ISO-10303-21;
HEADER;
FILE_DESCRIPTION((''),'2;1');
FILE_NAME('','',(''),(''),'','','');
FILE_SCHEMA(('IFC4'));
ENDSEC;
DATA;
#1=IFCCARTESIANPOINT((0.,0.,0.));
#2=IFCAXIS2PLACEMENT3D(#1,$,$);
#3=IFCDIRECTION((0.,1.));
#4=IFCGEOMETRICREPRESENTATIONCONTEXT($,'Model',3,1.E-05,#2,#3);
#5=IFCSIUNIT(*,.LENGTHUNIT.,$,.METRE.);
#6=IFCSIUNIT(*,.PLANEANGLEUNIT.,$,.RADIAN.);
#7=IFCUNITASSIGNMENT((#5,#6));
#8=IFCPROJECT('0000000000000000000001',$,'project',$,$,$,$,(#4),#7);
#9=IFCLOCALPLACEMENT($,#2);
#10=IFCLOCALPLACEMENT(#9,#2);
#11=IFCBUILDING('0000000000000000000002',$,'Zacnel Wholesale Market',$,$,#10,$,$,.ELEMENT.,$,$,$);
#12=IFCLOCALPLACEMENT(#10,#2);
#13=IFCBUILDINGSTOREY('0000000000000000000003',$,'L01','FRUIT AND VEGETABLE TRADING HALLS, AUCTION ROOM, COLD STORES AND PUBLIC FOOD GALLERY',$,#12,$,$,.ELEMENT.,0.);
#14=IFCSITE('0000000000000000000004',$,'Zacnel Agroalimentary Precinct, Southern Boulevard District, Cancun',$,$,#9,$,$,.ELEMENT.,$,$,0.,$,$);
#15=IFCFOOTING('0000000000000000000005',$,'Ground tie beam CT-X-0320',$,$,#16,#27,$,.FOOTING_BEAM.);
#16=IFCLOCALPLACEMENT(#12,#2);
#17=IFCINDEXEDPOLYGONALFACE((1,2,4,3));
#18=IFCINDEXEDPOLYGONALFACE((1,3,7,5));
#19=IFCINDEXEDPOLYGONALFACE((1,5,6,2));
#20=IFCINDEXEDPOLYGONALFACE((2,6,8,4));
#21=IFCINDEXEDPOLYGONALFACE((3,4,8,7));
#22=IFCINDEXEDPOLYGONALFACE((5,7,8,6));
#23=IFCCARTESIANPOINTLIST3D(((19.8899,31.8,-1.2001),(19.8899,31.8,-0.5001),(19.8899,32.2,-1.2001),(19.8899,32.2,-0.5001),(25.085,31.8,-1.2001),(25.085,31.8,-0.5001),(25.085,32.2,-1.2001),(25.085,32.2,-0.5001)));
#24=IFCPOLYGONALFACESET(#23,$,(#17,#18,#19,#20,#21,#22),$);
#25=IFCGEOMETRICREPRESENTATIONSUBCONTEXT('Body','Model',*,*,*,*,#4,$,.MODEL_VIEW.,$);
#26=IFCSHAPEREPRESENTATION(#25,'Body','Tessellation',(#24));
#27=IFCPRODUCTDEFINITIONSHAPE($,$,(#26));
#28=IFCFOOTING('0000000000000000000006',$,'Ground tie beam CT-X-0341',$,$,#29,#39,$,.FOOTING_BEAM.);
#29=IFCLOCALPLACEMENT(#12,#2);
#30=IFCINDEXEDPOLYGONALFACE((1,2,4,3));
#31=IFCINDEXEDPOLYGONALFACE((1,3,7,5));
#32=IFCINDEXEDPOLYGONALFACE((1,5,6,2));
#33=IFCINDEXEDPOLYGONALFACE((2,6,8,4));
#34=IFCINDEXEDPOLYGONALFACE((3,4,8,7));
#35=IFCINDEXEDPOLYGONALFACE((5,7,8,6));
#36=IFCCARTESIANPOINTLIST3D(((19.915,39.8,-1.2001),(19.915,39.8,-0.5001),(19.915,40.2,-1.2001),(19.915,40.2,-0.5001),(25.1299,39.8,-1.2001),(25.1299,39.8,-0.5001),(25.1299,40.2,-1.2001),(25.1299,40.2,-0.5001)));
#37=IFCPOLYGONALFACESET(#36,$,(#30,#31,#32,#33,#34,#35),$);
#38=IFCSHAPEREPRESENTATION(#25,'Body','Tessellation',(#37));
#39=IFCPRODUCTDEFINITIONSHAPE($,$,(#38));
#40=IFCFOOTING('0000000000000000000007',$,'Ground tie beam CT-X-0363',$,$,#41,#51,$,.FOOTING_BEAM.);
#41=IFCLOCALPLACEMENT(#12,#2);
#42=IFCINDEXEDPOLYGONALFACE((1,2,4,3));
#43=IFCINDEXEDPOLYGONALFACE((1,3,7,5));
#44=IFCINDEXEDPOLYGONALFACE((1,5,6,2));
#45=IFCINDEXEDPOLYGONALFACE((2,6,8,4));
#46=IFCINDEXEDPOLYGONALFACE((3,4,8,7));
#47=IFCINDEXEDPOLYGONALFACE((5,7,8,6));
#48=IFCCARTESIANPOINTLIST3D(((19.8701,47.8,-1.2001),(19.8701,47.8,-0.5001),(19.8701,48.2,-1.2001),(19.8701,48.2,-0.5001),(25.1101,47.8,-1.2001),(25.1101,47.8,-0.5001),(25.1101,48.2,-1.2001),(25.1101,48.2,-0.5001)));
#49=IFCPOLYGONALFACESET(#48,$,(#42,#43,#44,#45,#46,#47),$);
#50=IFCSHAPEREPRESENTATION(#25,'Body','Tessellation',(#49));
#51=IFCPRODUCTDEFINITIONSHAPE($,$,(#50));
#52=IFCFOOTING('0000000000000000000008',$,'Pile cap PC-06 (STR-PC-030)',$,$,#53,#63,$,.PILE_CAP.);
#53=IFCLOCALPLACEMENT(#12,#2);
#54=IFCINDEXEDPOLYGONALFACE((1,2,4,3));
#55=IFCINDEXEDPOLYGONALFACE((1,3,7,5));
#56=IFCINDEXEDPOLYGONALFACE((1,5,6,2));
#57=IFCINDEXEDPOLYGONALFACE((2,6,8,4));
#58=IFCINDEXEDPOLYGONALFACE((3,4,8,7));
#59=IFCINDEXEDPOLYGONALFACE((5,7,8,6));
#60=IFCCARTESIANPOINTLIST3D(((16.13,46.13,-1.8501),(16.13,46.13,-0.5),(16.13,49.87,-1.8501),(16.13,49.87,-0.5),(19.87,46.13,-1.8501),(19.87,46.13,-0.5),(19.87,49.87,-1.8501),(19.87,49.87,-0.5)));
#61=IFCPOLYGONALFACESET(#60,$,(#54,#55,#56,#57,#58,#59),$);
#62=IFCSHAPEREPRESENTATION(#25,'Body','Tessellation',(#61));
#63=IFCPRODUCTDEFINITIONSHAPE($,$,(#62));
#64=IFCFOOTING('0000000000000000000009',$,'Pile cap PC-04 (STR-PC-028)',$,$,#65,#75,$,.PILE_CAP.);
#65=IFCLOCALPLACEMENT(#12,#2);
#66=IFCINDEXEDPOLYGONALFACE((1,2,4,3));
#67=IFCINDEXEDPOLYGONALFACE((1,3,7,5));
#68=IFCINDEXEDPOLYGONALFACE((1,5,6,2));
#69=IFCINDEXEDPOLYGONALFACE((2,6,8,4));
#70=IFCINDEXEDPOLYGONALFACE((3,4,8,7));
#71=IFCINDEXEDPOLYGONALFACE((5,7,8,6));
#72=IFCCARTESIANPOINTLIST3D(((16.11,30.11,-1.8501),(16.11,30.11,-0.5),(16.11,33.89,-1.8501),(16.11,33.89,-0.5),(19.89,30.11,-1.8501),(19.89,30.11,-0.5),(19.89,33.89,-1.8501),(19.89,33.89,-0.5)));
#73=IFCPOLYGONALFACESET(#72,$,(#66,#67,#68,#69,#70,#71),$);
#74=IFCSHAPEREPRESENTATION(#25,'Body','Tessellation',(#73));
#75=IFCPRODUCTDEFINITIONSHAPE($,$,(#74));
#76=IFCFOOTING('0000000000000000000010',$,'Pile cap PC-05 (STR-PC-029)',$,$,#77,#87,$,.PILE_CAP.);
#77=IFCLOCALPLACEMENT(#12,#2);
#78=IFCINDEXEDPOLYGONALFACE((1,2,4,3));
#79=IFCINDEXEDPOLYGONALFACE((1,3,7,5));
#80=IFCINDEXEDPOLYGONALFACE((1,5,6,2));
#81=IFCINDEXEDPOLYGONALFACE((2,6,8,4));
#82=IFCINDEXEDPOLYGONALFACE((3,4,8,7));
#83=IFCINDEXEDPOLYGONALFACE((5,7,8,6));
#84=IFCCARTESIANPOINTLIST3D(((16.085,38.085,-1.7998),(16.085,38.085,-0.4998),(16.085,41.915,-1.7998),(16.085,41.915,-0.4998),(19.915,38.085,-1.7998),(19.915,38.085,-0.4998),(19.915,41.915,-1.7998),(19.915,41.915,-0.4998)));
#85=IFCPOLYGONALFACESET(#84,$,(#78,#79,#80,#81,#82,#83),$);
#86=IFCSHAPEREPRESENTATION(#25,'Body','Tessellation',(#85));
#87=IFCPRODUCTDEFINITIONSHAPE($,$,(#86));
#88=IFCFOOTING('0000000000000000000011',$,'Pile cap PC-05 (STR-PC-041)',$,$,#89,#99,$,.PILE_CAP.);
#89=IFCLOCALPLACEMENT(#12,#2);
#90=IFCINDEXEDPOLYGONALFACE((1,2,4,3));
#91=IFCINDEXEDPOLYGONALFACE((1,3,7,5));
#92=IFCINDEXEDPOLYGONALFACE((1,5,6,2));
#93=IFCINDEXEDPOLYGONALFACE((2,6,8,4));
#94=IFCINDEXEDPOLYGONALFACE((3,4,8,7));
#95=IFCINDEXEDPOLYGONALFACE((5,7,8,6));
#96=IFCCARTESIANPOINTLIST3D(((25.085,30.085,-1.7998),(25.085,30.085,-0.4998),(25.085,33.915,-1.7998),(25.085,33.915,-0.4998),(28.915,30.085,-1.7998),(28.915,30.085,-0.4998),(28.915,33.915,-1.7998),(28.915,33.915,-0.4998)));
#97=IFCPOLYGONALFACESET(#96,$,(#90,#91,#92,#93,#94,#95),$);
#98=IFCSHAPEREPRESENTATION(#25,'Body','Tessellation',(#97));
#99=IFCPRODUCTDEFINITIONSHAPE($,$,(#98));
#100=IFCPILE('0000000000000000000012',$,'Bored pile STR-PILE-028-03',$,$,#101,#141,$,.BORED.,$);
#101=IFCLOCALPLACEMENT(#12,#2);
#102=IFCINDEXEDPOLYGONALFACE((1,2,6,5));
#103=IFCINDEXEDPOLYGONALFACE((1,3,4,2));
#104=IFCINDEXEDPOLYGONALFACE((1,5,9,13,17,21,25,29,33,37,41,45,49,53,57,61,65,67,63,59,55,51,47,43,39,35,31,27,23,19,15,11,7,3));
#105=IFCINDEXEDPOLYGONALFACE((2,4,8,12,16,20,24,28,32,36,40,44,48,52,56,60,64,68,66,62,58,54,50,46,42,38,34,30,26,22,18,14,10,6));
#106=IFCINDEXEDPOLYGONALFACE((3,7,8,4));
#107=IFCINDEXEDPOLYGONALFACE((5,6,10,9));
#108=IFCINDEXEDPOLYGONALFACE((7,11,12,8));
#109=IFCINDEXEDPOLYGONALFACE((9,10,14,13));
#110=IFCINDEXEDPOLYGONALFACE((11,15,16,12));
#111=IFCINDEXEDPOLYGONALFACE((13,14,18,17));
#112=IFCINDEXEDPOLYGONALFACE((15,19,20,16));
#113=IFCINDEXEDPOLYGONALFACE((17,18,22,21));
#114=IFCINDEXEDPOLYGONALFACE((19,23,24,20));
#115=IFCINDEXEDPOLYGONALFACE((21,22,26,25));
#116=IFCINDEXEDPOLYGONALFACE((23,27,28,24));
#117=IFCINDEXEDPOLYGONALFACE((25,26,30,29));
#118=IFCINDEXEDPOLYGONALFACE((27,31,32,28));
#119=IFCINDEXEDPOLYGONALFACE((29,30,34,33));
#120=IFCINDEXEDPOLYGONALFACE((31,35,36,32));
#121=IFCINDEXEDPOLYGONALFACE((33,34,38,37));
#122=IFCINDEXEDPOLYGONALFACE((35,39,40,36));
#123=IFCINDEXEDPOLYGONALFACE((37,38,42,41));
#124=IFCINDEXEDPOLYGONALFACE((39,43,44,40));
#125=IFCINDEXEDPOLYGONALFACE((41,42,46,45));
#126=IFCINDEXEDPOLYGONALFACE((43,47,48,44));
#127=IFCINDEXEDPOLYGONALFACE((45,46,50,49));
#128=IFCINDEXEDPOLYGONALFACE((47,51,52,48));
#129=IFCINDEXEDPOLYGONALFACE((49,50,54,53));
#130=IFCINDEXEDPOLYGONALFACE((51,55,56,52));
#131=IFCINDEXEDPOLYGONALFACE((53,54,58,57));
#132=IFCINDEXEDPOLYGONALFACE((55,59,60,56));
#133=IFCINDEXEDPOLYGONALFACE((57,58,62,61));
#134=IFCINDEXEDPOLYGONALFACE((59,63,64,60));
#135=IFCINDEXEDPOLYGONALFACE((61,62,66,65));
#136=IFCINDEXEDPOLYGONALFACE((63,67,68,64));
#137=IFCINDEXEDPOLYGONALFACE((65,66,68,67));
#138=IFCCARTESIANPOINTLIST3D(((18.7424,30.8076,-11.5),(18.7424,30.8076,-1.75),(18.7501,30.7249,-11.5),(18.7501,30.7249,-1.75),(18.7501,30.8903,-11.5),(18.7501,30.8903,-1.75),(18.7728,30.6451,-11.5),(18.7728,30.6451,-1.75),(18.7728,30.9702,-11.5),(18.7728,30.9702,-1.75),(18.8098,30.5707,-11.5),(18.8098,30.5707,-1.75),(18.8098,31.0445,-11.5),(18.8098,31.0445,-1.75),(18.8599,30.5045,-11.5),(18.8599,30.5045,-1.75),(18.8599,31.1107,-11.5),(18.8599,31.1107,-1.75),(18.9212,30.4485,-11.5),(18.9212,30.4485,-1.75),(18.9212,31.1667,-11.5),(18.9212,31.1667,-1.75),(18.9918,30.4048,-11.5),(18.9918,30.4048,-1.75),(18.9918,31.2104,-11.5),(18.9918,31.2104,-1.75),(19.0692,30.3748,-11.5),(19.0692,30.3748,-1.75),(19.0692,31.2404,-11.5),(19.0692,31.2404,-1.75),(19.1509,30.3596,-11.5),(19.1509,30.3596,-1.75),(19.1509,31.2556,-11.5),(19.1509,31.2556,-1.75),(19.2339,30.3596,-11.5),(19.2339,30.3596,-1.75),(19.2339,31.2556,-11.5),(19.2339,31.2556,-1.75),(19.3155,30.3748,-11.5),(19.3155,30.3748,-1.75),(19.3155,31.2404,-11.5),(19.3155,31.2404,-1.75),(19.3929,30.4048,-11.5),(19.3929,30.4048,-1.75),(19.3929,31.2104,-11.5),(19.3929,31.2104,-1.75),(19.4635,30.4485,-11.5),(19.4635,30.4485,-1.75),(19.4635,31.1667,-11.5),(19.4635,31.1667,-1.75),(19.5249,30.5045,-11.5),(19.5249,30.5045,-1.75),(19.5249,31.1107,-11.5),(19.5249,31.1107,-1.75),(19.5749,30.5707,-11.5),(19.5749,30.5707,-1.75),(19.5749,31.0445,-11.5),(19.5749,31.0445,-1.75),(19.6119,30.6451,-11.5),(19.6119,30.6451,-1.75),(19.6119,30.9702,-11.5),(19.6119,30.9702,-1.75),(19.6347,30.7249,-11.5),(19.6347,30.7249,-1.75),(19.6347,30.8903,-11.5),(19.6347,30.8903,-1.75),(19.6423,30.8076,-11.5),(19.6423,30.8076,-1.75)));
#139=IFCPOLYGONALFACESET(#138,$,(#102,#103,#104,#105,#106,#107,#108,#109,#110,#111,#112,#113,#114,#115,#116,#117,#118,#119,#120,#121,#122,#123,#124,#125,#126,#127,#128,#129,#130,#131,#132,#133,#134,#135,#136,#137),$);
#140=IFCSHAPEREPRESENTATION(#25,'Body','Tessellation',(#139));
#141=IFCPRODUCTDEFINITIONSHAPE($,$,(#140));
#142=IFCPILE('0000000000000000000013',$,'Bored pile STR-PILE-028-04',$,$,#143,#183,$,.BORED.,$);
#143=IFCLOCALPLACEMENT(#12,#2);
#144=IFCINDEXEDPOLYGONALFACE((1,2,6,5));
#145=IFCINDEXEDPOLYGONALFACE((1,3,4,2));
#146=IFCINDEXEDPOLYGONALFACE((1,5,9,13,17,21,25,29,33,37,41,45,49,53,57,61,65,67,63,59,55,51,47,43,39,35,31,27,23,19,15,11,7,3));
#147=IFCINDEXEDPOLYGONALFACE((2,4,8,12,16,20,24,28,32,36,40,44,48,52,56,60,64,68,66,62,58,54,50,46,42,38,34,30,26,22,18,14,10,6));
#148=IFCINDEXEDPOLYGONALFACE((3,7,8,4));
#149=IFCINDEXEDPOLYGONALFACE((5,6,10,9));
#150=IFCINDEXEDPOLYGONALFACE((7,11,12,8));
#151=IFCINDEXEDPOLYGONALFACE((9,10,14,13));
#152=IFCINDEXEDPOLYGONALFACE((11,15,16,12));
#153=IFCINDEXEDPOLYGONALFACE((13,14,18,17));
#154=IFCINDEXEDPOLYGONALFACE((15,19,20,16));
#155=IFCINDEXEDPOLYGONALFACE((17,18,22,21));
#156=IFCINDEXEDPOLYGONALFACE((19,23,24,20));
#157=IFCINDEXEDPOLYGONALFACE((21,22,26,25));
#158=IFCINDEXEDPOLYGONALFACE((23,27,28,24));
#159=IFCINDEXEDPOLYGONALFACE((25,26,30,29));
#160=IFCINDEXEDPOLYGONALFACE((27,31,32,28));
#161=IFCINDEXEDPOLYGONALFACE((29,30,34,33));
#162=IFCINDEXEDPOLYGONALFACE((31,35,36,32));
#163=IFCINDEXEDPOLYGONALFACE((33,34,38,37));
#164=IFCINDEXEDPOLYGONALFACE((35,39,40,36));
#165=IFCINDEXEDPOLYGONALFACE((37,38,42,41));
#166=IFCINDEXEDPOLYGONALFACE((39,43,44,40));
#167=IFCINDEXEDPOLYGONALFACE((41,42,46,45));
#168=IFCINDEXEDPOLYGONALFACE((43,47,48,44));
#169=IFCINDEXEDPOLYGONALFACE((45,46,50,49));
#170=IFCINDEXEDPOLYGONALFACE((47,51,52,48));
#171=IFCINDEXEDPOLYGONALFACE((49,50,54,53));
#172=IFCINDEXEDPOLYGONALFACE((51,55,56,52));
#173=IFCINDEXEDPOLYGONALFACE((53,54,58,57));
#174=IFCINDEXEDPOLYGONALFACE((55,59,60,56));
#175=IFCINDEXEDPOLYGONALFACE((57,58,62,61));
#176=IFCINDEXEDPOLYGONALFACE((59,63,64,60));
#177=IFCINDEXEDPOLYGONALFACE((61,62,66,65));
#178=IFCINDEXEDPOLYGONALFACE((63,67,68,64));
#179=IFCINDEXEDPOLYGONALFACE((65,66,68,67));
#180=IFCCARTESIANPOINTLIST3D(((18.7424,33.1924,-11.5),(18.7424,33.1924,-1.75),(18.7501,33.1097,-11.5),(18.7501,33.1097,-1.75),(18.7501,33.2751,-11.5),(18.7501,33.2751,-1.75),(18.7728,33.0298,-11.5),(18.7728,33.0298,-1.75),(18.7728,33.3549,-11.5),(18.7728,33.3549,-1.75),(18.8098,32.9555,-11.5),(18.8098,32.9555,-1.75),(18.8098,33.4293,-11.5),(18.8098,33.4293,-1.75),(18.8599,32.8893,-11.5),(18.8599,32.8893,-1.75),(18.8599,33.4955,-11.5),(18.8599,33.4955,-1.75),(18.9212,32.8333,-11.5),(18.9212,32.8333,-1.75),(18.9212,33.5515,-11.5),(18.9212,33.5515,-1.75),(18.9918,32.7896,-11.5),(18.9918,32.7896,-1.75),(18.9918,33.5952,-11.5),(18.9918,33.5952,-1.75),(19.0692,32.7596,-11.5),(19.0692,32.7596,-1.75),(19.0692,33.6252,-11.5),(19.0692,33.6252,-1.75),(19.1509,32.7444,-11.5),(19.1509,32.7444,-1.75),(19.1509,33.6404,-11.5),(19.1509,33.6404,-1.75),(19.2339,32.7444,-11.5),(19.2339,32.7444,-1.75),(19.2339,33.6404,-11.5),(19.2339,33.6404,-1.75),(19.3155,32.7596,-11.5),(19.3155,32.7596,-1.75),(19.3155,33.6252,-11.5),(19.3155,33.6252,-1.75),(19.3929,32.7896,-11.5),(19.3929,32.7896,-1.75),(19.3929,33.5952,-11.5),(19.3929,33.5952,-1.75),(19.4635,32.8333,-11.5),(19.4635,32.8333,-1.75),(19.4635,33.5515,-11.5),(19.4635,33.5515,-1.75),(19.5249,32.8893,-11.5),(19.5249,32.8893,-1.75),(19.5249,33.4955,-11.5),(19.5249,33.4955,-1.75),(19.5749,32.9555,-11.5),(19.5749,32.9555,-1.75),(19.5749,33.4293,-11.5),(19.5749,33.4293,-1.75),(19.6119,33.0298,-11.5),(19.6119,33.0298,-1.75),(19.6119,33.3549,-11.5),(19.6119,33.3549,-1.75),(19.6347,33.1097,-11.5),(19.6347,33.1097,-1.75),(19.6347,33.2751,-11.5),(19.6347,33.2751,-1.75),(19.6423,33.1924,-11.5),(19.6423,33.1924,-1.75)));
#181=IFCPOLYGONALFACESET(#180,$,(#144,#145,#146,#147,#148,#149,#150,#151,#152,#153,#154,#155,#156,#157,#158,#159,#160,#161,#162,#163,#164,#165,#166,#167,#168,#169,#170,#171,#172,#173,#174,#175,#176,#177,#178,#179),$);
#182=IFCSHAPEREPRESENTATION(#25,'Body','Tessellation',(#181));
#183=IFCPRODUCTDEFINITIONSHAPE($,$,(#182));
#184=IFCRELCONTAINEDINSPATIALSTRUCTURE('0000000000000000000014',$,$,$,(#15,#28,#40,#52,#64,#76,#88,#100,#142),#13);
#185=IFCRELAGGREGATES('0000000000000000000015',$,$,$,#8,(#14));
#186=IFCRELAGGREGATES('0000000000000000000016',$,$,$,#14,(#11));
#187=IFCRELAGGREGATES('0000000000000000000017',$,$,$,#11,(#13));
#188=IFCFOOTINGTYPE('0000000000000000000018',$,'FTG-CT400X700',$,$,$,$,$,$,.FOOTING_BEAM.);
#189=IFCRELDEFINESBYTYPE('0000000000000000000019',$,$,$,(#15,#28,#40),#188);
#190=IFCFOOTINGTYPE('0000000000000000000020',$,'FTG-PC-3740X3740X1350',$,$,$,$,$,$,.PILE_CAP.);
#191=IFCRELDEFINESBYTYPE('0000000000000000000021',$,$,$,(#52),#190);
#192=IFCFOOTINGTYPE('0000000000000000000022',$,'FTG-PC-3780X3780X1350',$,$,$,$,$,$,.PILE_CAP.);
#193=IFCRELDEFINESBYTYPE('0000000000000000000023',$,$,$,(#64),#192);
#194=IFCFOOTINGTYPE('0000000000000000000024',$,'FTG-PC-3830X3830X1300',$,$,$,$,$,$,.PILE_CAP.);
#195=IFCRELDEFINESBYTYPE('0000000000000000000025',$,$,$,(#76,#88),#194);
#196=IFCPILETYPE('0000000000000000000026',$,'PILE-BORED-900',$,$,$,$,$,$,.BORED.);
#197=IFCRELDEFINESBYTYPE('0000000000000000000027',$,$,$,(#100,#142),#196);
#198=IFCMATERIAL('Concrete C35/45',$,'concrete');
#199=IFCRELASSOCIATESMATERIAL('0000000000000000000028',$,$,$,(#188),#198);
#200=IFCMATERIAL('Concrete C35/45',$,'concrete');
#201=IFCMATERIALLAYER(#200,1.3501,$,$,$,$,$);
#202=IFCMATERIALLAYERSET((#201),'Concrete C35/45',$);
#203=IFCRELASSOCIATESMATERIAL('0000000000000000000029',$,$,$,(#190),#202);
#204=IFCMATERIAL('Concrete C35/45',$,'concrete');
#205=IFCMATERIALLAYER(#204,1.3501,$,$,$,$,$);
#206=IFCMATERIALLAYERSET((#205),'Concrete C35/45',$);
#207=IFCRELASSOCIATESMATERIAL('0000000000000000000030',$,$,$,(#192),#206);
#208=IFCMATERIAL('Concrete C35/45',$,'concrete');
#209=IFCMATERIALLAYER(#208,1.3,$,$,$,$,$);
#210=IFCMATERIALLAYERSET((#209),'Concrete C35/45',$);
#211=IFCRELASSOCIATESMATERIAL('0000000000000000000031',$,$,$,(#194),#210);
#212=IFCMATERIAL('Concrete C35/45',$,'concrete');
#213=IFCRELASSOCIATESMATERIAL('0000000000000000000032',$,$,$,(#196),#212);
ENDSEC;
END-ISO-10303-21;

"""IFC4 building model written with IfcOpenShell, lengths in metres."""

from ifc_helpers import new_model, si_unit, direction, frame, origin, origin_2d, place, context, subcontext, project, spatial, rectangle, circle, extrude, material, layer, layer_set, material_profile, profile_set, type_object, element, save


model = new_model("IFC4")

# Units and contexts
model_context = context("Model", 3, precision=1e-05, world=origin(), true_north=direction((0.0, 1.0)))
body_context = subcontext(model_context, "Body", "Model", "MODEL_VIEW")
ifc_project = project(units=[si_unit("LENGTHUNIT", "METRE"), si_unit("PLANEANGLEUNIT", "RADIAN")], contexts=[model_context])

# Site, building, storey
site_placement = place(None, origin())
site = spatial("IfcSite", under=ifc_project, at=site_placement, Name="Zacnel Agroalimentary Precinct, Southern Boulevard District, Cancun", CompositionType="ELEMENT", RefElevation=0.0)
building_placement = place(site_placement, origin())
building = spatial("IfcBuilding", under=site, at=building_placement, Name="Zacnel Wholesale Market", CompositionType="ELEMENT")
storey_placement = place(building_placement, origin())
storey = spatial("IfcBuildingStorey", under=building, at=storey_placement, Name="L01", Description="FRUIT AND VEGETABLE TRADING HALLS, AUCTION ROOM, COLD STORES AND PUBLIC FOOD GALLERY", CompositionType="ELEMENT", Elevation=0.0)

# Footings
ifc_material_1 = material(Name="Concrete C35/45", Category="concrete")
ifc_material_profile_1 = material_profile(ifc_material_1, rectangle(XDim=0.3999, YDim=0.7, at=origin_2d()), Name="CT 400x700")
ifc_profile_set_1 = profile_set([ifc_material_profile_1], Name="Concrete C35/45")
footing_type_1 = type_object("IfcFootingType", Name="FTG-CT400X700", PredefinedType="FOOTING_BEAM", material=ifc_profile_set_1)
footing_1_placement = place(storey_placement, frame((19.8899, 32.0, -0.8501), z_axis=(1.0, 0.0, 0.0), x_axis=(0.0, 1.0, 0.0)))
element("IfcFooting", 1, at=footing_1_placement, inside=storey, type_object=footing_type_1, Name="Ground tie beam CT-X-0320", PredefinedType="FOOTING_BEAM", context=body_context, shape_type="SweptSolid", body=[
    extrude(rectangle(XDim=0.3999, YDim=0.7, at=origin_2d()), origin(), (0.0, 0.0, 1.0), 5.1951),
])
footing_2_placement = place(storey_placement, frame((19.915, 40.0, -0.8501), z_axis=(1.0, 0.0, 0.0), x_axis=(0.0, 1.0, 0.0)))
element("IfcFooting", 2, at=footing_2_placement, inside=storey, type_object=footing_type_1, Name="Ground tie beam CT-X-0341", PredefinedType="FOOTING_BEAM", context=body_context, shape_type="SweptSolid", body=[
    extrude(rectangle(XDim=0.3999, YDim=0.7, at=origin_2d()), origin(), (0.0, 0.0, 1.0), 5.2148),
])
footing_3_placement = place(storey_placement, frame((19.8701, 48.0, -0.8501), z_axis=(1.0, 0.0, 0.0), x_axis=(0.0, 1.0, 0.0)))
element("IfcFooting", 3, at=footing_3_placement, inside=storey, type_object=footing_type_1, Name="Ground tie beam CT-X-0363", PredefinedType="FOOTING_BEAM", context=body_context, shape_type="SweptSolid", body=[
    extrude(rectangle(XDim=0.3999, YDim=0.7, at=origin_2d()), origin(), (0.0, 0.0, 1.0), 5.24),
])
ifc_material_2 = material(Name="Concrete C35/45", Category="concrete")
ifc_layer_1 = layer(ifc_material_2, 1.3501)
ifc_layer_set_1 = layer_set([ifc_layer_1], Name="Concrete C35/45")
footing_type_2 = type_object("IfcFootingType", Name="FTG-PC-3740X3740X1350", PredefinedType="PILE_CAP", material=ifc_layer_set_1)
footing_4_placement = place(storey_placement, frame((18.0, 48.0, -1.8501), z_axis=(0.0, 0.0, 1.0), x_axis=(1.0, 0.0, 0.0)))
element("IfcFooting", 4, at=footing_4_placement, inside=storey, type_object=footing_type_2, Name="Pile cap PC-06 (STR-PC-030)", PredefinedType="PILE_CAP", context=body_context, shape_type="SweptSolid", body=[
    extrude(rectangle(XDim=3.74, YDim=3.74, at=origin_2d()), origin(), (0.0, 0.0, 1.0), 1.3501),
])
ifc_material_3 = material(Name="Concrete C35/45", Category="concrete")
ifc_layer_2 = layer(ifc_material_3, 1.3501)
ifc_layer_set_2 = layer_set([ifc_layer_2], Name="Concrete C35/45")
footing_type_3 = type_object("IfcFootingType", Name="FTG-PC-3780X3780X1350", PredefinedType="PILE_CAP", material=ifc_layer_set_2)
footing_5_placement = place(storey_placement, frame((18.0, 32.0, -1.8501), z_axis=(0.0, 0.0, 1.0), x_axis=(1.0, 0.0, 0.0)))
element("IfcFooting", 5, at=footing_5_placement, inside=storey, type_object=footing_type_3, Name="Pile cap PC-04 (STR-PC-028)", PredefinedType="PILE_CAP", context=body_context, shape_type="SweptSolid", body=[
    extrude(rectangle(XDim=3.78, YDim=3.78, at=origin_2d()), origin(), (0.0, 0.0, 1.0), 1.3501),
])
ifc_material_4 = material(Name="Concrete C35/45", Category="concrete")
ifc_layer_3 = layer(ifc_material_4, 1.3)
ifc_layer_set_3 = layer_set([ifc_layer_3], Name="Concrete C35/45")
footing_type_4 = type_object("IfcFootingType", Name="FTG-PC-3830X3830X1300", PredefinedType="PILE_CAP", material=ifc_layer_set_3)
for number, where, z_axis, x_axis, name in (
    (6, (18.0, 40.0, -1.7998), (0.0, 0.0, 1.0), (1.0, 0.0, 0.0), "Pile cap PC-05 (STR-PC-029)"),
    (7, (27.0, 32.0, -1.7998), (0.0, 0.0, 1.0), (1.0, 0.0, 0.0), "Pile cap PC-05 (STR-PC-041)"),
):
    element("IfcFooting", number, at=place(storey_placement, frame(where, z_axis=z_axis, x_axis=x_axis)), inside=storey, type_object=footing_type_4, Name=name, PredefinedType="PILE_CAP", context=body_context, shape_type="SweptSolid", body=[
        extrude(rectangle(XDim=3.8301, YDim=3.8301, at=origin_2d()), origin(), (0.0, 0.0, 1.0), 1.3),
    ])

# Piles
ifc_material_5 = material(Name="Concrete C35/45", Category="concrete")
ifc_material_profile_2 = material_profile(ifc_material_5, circle(Radius=0.45, at=origin_2d()), Name="BORED PILE D900")
ifc_profile_set_2 = profile_set([ifc_material_profile_2], Name="Concrete C35/45")
pile_type = type_object("IfcPileType", Name="PILE-BORED-900", PredefinedType="BORED", material=ifc_profile_set_2)
for number, where, z_axis, x_axis, name in (
    (8, (19.1924, 30.8076, -1.75), (0.0, 0.0, -1.0), (1.0, 0.0, 0.0), "Bored pile STR-PILE-028-03"),
    (9, (19.1924, 33.1924, -1.75), (0.0, 0.0, -1.0), (1.0, 0.0, 0.0), "Bored pile STR-PILE-028-04"),
):
    element("IfcPile", number, at=place(storey_placement, frame(where, z_axis=z_axis, x_axis=x_axis)), inside=storey, type_object=pile_type, Name=name, PredefinedType="BORED", context=body_context, shape_type="SweptSolid", body=[
        extrude(circle(Radius=0.45, at=origin_2d()), origin(), (0.0, 0.0, 1.0), 9.75),
    ])

save(model, "model.ifc")
